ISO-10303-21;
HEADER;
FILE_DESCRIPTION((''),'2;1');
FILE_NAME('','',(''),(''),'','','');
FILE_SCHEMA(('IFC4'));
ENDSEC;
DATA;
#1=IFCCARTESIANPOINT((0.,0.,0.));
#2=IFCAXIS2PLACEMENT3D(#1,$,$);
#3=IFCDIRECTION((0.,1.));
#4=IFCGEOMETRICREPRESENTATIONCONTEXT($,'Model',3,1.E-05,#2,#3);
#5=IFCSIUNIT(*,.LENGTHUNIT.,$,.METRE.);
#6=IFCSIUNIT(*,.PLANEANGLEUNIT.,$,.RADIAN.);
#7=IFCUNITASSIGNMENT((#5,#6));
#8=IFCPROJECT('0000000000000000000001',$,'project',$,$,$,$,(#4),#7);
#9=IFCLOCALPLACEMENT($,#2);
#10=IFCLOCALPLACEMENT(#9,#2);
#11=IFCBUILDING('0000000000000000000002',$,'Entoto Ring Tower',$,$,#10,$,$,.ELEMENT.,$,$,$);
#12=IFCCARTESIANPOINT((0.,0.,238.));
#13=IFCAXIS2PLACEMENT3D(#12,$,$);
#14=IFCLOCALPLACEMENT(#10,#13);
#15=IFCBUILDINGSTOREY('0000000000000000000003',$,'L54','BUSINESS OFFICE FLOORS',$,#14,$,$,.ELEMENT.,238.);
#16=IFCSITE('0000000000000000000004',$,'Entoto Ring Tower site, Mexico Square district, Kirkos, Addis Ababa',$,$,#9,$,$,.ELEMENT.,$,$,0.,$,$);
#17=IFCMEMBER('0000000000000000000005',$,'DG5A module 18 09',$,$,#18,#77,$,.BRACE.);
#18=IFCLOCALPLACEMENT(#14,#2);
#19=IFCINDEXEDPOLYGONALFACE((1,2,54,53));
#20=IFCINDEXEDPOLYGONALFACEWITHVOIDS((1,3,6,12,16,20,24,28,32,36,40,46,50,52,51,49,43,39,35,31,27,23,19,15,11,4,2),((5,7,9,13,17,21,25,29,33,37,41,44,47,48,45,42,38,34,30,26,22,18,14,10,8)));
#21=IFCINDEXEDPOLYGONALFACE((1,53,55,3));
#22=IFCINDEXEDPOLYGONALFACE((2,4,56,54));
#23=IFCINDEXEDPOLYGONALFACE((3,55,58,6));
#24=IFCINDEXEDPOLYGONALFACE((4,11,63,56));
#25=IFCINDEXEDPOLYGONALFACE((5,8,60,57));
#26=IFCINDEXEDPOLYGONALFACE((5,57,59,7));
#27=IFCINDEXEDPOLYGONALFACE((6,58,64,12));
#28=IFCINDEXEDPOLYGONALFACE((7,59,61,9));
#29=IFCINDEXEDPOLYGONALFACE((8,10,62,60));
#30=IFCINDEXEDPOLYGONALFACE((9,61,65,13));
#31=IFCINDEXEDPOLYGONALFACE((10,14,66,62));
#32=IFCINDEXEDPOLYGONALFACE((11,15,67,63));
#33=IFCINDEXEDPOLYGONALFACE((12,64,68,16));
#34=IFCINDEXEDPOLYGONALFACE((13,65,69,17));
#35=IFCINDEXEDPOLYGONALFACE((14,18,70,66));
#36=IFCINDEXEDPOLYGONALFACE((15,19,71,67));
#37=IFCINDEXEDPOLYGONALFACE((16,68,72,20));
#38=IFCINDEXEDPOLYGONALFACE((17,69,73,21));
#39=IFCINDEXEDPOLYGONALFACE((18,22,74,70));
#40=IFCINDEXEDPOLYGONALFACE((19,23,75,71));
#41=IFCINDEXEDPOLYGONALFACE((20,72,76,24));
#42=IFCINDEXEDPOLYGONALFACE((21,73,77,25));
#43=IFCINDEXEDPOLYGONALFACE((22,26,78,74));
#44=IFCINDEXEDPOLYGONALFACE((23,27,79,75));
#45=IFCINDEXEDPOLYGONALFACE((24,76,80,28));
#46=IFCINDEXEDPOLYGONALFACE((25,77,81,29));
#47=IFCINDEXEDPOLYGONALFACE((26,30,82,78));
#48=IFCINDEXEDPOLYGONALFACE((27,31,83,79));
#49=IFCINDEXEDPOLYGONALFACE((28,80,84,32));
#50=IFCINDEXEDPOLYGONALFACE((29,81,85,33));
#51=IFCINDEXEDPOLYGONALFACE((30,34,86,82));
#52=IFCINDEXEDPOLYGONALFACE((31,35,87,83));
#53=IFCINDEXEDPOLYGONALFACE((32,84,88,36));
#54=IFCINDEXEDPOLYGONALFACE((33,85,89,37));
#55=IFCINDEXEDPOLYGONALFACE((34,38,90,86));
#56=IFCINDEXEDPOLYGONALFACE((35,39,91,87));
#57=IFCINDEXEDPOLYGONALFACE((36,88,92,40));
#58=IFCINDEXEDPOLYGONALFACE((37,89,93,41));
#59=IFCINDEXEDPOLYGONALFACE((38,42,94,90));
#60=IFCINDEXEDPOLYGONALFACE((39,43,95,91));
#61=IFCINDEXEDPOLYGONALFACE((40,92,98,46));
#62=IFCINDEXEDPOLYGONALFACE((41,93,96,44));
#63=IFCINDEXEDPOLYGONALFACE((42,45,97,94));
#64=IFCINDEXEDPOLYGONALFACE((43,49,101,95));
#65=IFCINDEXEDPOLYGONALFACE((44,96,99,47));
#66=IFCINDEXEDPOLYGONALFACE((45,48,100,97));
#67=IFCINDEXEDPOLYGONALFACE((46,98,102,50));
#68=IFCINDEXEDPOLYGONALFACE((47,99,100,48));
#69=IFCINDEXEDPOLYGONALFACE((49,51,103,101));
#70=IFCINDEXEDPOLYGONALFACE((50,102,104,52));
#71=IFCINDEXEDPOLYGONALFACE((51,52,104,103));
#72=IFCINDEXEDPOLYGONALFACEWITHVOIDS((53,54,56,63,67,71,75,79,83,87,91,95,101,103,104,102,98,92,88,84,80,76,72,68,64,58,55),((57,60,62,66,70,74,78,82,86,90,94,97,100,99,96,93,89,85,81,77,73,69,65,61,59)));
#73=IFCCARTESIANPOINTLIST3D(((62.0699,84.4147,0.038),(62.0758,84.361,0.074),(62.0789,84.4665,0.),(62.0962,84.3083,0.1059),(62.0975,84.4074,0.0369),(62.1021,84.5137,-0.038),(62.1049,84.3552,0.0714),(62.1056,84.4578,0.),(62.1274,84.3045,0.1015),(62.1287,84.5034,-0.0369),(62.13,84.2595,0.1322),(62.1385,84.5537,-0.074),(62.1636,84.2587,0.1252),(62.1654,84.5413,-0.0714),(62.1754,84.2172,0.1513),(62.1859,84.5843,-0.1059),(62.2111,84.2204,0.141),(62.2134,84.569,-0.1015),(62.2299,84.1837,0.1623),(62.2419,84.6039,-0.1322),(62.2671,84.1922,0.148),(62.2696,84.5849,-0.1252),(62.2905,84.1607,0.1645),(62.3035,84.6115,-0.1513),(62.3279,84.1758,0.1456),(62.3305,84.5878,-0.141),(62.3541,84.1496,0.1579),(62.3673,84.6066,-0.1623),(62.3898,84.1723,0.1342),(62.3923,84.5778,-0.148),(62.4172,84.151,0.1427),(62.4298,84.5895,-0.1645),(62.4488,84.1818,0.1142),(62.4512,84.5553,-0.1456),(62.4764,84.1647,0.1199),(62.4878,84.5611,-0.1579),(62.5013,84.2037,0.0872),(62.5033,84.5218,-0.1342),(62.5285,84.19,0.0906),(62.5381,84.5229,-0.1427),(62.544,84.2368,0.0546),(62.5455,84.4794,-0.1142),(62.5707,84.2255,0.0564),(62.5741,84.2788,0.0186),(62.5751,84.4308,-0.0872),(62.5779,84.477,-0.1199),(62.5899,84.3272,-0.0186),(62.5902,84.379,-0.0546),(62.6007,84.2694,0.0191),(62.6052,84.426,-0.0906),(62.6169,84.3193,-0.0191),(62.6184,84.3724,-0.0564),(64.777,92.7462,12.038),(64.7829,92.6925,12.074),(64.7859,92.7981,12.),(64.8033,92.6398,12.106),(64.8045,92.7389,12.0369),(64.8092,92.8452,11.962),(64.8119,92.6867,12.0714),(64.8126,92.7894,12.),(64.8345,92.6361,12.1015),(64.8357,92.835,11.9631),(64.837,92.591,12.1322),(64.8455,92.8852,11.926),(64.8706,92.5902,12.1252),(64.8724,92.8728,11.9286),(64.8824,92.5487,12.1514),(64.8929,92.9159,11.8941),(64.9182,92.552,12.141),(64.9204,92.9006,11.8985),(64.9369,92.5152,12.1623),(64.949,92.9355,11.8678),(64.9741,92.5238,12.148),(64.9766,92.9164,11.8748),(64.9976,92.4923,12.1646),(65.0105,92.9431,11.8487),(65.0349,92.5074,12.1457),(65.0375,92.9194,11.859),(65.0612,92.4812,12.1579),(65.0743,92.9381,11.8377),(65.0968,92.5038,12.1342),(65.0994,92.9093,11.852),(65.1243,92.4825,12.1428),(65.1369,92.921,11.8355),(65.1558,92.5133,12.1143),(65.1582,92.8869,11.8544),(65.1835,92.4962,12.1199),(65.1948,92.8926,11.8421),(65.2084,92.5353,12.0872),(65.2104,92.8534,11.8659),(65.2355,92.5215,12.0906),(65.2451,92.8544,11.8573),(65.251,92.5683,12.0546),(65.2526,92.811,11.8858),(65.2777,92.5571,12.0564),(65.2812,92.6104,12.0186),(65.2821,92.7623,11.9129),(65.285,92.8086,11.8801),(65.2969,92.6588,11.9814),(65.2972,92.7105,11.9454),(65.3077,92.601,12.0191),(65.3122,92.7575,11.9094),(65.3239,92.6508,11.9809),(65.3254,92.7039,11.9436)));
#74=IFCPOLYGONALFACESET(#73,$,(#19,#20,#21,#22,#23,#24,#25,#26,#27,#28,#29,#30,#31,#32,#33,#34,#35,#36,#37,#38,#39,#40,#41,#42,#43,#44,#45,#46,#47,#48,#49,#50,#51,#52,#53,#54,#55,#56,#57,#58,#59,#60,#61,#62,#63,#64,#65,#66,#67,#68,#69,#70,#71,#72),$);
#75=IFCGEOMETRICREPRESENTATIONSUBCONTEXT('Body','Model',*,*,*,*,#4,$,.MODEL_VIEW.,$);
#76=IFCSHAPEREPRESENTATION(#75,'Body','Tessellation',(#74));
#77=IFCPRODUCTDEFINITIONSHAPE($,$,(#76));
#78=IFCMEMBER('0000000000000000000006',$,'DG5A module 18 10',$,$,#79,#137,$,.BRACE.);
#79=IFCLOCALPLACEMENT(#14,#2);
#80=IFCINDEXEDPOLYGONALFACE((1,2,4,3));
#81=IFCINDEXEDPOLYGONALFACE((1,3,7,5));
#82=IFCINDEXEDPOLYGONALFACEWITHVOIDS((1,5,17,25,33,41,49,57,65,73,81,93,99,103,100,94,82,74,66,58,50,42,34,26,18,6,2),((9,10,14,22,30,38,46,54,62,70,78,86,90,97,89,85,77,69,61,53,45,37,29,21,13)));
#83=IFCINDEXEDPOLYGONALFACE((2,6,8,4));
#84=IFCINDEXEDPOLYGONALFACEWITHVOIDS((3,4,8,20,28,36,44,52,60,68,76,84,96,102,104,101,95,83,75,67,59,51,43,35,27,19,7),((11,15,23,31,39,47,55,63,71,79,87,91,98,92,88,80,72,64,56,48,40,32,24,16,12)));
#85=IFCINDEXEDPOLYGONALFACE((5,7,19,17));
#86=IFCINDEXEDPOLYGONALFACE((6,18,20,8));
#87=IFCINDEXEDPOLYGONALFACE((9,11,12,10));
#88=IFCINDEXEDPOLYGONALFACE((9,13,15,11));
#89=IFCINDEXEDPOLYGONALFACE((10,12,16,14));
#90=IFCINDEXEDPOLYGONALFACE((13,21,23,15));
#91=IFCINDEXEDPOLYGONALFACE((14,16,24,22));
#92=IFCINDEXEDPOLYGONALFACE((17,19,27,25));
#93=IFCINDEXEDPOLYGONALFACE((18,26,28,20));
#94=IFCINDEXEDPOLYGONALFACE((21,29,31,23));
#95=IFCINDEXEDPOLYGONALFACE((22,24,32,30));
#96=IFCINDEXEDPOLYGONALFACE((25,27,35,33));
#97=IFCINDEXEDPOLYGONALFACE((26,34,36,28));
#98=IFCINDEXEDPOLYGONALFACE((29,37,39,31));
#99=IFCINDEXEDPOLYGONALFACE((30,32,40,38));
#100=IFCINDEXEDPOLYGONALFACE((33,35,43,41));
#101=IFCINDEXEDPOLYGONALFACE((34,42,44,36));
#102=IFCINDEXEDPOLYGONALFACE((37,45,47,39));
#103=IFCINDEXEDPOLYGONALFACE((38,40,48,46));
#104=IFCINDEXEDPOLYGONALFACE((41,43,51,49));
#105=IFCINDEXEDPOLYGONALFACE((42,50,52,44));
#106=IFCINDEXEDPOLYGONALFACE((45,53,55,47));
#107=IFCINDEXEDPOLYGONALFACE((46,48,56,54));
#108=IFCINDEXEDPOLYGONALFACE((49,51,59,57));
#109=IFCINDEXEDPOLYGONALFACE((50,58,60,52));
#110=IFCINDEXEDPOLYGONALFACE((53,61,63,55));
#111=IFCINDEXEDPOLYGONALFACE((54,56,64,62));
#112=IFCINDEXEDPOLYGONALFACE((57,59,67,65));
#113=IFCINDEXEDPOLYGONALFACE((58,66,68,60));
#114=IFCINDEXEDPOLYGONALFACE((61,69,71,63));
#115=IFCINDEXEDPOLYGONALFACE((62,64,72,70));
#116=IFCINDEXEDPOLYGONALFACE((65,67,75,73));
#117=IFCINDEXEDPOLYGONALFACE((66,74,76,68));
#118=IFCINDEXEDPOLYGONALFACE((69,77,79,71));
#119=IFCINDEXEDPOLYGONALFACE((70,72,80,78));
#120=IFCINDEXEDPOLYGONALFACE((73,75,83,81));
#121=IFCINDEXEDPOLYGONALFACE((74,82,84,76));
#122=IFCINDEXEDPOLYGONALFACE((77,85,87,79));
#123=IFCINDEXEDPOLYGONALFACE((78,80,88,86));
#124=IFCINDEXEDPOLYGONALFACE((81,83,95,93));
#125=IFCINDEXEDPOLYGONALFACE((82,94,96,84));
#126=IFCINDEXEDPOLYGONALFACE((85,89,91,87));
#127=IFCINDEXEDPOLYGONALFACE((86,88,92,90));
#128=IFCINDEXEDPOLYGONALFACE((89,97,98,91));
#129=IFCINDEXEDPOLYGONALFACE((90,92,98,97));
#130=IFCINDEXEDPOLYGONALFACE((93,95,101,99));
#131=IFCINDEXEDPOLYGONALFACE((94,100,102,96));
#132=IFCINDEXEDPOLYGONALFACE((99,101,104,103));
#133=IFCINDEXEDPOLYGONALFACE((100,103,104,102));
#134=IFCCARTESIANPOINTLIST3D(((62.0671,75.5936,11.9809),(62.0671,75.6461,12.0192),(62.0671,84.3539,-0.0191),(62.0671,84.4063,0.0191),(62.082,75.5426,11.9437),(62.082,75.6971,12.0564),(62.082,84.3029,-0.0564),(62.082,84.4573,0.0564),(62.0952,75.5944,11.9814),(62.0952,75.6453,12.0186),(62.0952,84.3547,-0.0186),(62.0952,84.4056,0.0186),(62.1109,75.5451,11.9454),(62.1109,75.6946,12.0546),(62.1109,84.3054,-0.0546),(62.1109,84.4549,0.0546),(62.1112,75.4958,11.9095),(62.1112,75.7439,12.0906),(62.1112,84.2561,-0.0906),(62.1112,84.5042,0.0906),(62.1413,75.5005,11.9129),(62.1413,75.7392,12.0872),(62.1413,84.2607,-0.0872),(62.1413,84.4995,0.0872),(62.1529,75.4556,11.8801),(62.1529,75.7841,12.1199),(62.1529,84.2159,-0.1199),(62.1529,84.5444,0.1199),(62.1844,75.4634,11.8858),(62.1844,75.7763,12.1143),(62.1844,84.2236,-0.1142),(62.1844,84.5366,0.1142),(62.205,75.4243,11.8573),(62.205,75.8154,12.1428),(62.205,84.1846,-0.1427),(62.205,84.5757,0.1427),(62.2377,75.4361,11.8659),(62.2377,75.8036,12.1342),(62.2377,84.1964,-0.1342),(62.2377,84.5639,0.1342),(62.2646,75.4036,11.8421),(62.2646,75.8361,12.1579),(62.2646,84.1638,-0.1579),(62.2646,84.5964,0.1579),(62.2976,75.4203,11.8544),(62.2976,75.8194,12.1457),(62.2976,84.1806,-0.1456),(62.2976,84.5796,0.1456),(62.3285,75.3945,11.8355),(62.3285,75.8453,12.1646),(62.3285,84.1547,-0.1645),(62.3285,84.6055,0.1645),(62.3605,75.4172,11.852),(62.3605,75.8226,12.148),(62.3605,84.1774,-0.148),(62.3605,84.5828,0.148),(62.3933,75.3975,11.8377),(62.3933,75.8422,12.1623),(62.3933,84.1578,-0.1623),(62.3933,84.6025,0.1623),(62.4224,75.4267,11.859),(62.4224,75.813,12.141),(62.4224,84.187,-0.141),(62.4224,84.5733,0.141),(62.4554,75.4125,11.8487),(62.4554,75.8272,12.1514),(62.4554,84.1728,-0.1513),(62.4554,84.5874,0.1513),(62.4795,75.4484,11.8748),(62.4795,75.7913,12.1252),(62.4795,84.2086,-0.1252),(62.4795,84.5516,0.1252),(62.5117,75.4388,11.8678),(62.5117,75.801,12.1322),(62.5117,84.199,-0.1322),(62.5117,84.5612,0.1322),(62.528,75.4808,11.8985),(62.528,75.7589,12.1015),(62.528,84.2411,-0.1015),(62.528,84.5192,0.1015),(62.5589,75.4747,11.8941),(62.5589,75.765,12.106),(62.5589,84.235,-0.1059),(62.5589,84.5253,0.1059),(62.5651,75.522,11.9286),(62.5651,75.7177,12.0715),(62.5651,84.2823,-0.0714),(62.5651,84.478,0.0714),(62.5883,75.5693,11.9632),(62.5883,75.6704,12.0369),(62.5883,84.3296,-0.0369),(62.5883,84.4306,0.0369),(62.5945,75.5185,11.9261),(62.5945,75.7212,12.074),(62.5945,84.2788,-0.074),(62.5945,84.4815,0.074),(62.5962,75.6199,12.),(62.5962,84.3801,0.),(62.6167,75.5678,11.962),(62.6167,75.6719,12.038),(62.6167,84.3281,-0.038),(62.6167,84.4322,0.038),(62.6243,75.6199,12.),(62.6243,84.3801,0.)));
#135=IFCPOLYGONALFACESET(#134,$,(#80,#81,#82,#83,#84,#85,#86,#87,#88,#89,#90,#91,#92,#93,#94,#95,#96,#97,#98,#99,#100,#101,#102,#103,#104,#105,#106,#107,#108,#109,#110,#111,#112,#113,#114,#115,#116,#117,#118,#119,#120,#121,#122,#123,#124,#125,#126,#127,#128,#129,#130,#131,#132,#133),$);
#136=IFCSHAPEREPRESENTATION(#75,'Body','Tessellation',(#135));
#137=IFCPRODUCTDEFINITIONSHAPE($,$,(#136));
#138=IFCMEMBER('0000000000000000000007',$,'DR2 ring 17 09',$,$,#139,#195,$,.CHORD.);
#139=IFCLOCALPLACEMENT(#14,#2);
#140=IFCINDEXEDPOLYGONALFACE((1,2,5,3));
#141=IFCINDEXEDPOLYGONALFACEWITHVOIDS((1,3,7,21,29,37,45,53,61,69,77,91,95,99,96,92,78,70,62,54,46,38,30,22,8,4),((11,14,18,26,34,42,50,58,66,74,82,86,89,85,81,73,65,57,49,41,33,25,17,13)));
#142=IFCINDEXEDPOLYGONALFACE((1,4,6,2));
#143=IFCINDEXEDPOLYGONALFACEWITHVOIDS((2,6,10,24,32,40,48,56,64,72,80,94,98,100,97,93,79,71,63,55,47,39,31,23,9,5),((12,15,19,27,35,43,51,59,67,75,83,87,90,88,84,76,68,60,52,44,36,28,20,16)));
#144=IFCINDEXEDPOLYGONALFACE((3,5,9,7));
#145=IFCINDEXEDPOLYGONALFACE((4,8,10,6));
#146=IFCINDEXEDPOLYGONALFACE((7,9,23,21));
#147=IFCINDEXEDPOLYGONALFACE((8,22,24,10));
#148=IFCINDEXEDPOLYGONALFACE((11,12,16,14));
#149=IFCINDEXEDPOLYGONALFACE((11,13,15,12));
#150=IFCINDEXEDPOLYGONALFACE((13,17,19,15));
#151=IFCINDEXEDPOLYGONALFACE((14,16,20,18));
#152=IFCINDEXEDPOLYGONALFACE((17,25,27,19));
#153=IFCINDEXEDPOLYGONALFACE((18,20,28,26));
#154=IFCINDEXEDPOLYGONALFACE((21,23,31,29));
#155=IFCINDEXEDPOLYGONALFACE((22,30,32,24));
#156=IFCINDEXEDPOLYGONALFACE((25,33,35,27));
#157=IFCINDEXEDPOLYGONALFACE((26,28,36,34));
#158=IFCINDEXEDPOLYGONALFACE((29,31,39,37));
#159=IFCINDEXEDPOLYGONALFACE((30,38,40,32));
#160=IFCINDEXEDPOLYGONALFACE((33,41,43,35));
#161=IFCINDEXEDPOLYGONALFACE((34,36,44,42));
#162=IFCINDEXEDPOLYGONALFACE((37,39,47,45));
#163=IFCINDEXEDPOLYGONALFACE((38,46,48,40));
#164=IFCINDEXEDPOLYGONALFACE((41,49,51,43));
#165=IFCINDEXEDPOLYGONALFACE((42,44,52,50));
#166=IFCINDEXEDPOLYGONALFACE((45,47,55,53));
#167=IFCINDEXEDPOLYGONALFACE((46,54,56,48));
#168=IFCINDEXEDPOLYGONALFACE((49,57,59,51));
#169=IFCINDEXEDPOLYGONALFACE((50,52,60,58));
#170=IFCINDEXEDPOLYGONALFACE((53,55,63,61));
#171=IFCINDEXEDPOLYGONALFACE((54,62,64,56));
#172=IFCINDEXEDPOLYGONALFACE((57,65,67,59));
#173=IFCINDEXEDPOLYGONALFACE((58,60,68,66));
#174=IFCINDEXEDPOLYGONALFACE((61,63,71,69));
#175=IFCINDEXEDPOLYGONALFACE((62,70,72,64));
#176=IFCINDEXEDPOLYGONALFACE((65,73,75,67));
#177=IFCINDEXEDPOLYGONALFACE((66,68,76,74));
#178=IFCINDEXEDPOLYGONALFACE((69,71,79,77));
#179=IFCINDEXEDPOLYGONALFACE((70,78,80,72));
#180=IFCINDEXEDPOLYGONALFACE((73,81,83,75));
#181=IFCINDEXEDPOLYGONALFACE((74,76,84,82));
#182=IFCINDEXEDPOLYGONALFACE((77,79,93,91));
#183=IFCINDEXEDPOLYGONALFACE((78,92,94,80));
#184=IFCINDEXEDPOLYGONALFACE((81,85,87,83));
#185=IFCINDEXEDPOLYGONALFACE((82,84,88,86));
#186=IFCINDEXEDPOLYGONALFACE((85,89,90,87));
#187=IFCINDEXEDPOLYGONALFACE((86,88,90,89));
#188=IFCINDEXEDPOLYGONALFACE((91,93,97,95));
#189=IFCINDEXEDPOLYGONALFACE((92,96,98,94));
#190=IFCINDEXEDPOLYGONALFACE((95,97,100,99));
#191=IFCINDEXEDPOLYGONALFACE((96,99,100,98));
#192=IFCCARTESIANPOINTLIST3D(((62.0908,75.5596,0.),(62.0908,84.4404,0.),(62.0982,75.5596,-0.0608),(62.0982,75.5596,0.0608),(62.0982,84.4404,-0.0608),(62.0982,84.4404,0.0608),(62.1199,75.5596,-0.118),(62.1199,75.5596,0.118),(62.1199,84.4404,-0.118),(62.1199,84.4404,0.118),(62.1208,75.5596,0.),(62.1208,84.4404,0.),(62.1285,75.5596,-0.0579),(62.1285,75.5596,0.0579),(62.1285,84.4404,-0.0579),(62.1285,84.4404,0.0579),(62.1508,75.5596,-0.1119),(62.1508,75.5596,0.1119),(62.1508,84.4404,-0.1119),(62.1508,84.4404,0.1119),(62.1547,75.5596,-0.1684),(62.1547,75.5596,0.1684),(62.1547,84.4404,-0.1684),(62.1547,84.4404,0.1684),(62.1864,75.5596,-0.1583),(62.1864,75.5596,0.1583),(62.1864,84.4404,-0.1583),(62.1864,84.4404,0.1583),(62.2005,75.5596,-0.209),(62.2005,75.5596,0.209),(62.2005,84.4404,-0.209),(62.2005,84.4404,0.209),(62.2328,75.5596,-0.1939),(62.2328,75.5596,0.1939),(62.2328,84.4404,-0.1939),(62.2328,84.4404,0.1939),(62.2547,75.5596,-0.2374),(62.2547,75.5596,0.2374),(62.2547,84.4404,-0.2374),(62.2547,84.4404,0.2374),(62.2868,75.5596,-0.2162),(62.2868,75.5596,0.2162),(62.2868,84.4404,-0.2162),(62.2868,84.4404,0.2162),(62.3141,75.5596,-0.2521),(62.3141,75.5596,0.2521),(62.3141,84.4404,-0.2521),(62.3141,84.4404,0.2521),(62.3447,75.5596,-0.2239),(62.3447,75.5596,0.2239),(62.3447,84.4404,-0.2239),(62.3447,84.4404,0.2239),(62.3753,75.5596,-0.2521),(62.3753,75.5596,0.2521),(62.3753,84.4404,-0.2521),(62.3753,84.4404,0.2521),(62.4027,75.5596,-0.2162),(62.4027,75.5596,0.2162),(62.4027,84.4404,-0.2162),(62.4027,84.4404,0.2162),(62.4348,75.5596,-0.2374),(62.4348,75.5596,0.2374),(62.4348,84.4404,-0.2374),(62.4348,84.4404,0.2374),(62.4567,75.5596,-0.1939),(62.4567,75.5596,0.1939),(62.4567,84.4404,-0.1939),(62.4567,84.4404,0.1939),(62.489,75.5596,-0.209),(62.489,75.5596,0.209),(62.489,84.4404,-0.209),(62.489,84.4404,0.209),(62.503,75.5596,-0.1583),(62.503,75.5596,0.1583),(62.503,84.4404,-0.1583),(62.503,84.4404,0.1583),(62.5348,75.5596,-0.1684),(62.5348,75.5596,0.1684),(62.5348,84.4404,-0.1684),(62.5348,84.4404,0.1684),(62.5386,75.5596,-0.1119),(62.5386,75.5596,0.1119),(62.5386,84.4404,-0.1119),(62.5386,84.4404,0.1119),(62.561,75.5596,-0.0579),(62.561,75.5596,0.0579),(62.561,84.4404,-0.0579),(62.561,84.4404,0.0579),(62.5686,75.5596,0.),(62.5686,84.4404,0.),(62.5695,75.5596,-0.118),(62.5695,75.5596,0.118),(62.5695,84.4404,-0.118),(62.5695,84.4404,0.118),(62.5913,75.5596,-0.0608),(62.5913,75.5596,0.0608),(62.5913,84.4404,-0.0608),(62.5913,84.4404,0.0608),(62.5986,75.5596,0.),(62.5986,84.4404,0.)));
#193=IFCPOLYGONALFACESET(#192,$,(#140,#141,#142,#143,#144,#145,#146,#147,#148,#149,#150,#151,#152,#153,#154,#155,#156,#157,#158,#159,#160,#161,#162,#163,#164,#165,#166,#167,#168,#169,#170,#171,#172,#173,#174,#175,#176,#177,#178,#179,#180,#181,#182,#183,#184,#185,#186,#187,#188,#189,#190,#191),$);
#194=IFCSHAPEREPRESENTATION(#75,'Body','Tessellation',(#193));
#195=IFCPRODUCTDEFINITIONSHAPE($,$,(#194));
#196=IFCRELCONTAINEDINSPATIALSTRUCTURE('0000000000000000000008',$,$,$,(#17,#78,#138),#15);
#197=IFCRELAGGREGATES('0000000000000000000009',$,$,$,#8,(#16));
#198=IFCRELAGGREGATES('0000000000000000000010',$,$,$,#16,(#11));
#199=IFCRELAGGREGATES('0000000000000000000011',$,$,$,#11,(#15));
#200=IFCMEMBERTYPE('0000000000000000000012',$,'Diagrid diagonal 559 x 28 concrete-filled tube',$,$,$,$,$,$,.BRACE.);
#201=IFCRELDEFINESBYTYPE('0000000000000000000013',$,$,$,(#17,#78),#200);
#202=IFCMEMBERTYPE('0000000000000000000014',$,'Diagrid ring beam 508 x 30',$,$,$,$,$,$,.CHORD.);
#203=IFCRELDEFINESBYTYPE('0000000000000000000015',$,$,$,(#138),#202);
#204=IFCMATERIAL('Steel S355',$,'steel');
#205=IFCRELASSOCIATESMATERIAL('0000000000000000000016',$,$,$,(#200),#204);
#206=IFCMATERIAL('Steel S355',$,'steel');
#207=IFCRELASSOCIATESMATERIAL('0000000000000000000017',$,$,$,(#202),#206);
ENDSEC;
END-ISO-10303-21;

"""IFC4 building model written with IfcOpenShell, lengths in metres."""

from ifc_helpers import new_model, si_unit, direction, frame, origin, origin_2d, place, context, subcontext, project, spatial, circle, hollow_circle, extrude, material, material_profile, profile_set, type_object, element, save


model = new_model("IFC4")

# Units and contexts
model_context = context("Model", 3, precision=1e-05, world=origin(), true_north=direction((0.0, 1.0)))
body_context = subcontext(model_context, "Body", "Model", "MODEL_VIEW")
ifc_project = project(units=[si_unit("LENGTHUNIT", "METRE"), si_unit("PLANEANGLEUNIT", "RADIAN")], contexts=[model_context])

# Site, building, storey
site_placement = place(None, origin())
site = spatial("IfcSite", under=ifc_project, at=site_placement, Name="Entoto Ring Tower site, Mexico Square district, Kirkos, Addis Ababa", CompositionType="ELEMENT", RefElevation=0.0)
building_placement = place(site_placement, origin())
building = spatial("IfcBuilding", under=site, at=building_placement, Name="Entoto Ring Tower", CompositionType="ELEMENT")
storey_placement = place(building_placement, frame((0.0, 0.0, 238.0)))
storey = spatial("IfcBuildingStorey", under=building, at=storey_placement, Name="L54", Description="BUSINESS OFFICE FLOORS", CompositionType="ELEMENT", Elevation=238.0)

# Members
ifc_material_1 = material(Name="Steel S355", Category="steel")
ifc_material_profile_1 = material_profile(ifc_material_1, hollow_circle(Radius=0.2795, WallThickness=0.0281, at=origin_2d()), Name="CHS 559 x 28")
ifc_material_2 = material(Name="Concrete C60/75", Category="concrete")
ifc_material_profile_2 = material_profile(ifc_material_2, circle(Radius=0.2515, at=origin_2d()), Name="Concrete C60/75 infill")
ifc_profile_set_1 = profile_set([ifc_material_profile_1, ifc_material_profile_2], Name="Steel S355")
member_type_1 = type_object("IfcMemberType", Name="Diagrid diagonal 559 x 28 concrete-filled tube", PredefinedType="BRACE", material=ifc_profile_set_1)
for number, where, z_axis, x_axis, name in (
    (1, (62.3447, 84.3801, 0.0), (0.182201, 0.560767, 0.807678), (-0.951058, 0.309012, 0.0), "DG5A module 18 09"),
    (2, (62.3447, 84.3801, 0.0), (0.0, -0.589623, 0.807679), (1.0, 0.0, 0.0), "DG5A module 18 10"),
):
    element("IfcMember", number, at=place(storey_placement, frame(where, z_axis=z_axis, x_axis=x_axis)), inside=storey, type_object=member_type_1, Name=name, PredefinedType="BRACE", context=body_context, shape_type="SweptSolid", body=[
        extrude(hollow_circle(Radius=0.2795, WallThickness=0.0281, at=origin_2d()), origin(), (0.0, 0.0, 1.0), 14.8574),
    ])
ifc_material_3 = material(Name="Steel S355", Category="steel")
ifc_material_profile_3 = material_profile(ifc_material_3, hollow_circle(Radius=0.2539, WallThickness=0.03, at=origin_2d()), Name="CHS 508 x 30")
ifc_material_4 = material(Name="Concrete C60/75", Category="concrete")
ifc_material_profile_4 = material_profile(ifc_material_4, circle(Radius=0.2241, at=origin_2d()), Name="Concrete C60/75 infill")
ifc_profile_set_2 = profile_set([ifc_material_profile_3, ifc_material_profile_4], Name="Steel S355")
member_type_2 = type_object("IfcMemberType", Name="Diagrid ring beam 508 x 30", PredefinedType="CHORD", material=ifc_profile_set_2)
member_1_placement = place(storey_placement, frame((62.3447, 84.4404, 0.0), z_axis=(0.0, -1.0, 0.0), x_axis=(1.0, 0.0, 0.0)))
element("IfcMember", 3, at=member_1_placement, inside=storey, type_object=member_type_2, Name="DR2 ring 17 09", PredefinedType="CHORD", context=body_context, shape_type="SweptSolid", body=[
    extrude(hollow_circle(Radius=0.2539, WallThickness=0.03, at=origin_2d()), origin(), (0.0, 0.0, 1.0), 8.8809),
])

save(model, "model.ifc")
